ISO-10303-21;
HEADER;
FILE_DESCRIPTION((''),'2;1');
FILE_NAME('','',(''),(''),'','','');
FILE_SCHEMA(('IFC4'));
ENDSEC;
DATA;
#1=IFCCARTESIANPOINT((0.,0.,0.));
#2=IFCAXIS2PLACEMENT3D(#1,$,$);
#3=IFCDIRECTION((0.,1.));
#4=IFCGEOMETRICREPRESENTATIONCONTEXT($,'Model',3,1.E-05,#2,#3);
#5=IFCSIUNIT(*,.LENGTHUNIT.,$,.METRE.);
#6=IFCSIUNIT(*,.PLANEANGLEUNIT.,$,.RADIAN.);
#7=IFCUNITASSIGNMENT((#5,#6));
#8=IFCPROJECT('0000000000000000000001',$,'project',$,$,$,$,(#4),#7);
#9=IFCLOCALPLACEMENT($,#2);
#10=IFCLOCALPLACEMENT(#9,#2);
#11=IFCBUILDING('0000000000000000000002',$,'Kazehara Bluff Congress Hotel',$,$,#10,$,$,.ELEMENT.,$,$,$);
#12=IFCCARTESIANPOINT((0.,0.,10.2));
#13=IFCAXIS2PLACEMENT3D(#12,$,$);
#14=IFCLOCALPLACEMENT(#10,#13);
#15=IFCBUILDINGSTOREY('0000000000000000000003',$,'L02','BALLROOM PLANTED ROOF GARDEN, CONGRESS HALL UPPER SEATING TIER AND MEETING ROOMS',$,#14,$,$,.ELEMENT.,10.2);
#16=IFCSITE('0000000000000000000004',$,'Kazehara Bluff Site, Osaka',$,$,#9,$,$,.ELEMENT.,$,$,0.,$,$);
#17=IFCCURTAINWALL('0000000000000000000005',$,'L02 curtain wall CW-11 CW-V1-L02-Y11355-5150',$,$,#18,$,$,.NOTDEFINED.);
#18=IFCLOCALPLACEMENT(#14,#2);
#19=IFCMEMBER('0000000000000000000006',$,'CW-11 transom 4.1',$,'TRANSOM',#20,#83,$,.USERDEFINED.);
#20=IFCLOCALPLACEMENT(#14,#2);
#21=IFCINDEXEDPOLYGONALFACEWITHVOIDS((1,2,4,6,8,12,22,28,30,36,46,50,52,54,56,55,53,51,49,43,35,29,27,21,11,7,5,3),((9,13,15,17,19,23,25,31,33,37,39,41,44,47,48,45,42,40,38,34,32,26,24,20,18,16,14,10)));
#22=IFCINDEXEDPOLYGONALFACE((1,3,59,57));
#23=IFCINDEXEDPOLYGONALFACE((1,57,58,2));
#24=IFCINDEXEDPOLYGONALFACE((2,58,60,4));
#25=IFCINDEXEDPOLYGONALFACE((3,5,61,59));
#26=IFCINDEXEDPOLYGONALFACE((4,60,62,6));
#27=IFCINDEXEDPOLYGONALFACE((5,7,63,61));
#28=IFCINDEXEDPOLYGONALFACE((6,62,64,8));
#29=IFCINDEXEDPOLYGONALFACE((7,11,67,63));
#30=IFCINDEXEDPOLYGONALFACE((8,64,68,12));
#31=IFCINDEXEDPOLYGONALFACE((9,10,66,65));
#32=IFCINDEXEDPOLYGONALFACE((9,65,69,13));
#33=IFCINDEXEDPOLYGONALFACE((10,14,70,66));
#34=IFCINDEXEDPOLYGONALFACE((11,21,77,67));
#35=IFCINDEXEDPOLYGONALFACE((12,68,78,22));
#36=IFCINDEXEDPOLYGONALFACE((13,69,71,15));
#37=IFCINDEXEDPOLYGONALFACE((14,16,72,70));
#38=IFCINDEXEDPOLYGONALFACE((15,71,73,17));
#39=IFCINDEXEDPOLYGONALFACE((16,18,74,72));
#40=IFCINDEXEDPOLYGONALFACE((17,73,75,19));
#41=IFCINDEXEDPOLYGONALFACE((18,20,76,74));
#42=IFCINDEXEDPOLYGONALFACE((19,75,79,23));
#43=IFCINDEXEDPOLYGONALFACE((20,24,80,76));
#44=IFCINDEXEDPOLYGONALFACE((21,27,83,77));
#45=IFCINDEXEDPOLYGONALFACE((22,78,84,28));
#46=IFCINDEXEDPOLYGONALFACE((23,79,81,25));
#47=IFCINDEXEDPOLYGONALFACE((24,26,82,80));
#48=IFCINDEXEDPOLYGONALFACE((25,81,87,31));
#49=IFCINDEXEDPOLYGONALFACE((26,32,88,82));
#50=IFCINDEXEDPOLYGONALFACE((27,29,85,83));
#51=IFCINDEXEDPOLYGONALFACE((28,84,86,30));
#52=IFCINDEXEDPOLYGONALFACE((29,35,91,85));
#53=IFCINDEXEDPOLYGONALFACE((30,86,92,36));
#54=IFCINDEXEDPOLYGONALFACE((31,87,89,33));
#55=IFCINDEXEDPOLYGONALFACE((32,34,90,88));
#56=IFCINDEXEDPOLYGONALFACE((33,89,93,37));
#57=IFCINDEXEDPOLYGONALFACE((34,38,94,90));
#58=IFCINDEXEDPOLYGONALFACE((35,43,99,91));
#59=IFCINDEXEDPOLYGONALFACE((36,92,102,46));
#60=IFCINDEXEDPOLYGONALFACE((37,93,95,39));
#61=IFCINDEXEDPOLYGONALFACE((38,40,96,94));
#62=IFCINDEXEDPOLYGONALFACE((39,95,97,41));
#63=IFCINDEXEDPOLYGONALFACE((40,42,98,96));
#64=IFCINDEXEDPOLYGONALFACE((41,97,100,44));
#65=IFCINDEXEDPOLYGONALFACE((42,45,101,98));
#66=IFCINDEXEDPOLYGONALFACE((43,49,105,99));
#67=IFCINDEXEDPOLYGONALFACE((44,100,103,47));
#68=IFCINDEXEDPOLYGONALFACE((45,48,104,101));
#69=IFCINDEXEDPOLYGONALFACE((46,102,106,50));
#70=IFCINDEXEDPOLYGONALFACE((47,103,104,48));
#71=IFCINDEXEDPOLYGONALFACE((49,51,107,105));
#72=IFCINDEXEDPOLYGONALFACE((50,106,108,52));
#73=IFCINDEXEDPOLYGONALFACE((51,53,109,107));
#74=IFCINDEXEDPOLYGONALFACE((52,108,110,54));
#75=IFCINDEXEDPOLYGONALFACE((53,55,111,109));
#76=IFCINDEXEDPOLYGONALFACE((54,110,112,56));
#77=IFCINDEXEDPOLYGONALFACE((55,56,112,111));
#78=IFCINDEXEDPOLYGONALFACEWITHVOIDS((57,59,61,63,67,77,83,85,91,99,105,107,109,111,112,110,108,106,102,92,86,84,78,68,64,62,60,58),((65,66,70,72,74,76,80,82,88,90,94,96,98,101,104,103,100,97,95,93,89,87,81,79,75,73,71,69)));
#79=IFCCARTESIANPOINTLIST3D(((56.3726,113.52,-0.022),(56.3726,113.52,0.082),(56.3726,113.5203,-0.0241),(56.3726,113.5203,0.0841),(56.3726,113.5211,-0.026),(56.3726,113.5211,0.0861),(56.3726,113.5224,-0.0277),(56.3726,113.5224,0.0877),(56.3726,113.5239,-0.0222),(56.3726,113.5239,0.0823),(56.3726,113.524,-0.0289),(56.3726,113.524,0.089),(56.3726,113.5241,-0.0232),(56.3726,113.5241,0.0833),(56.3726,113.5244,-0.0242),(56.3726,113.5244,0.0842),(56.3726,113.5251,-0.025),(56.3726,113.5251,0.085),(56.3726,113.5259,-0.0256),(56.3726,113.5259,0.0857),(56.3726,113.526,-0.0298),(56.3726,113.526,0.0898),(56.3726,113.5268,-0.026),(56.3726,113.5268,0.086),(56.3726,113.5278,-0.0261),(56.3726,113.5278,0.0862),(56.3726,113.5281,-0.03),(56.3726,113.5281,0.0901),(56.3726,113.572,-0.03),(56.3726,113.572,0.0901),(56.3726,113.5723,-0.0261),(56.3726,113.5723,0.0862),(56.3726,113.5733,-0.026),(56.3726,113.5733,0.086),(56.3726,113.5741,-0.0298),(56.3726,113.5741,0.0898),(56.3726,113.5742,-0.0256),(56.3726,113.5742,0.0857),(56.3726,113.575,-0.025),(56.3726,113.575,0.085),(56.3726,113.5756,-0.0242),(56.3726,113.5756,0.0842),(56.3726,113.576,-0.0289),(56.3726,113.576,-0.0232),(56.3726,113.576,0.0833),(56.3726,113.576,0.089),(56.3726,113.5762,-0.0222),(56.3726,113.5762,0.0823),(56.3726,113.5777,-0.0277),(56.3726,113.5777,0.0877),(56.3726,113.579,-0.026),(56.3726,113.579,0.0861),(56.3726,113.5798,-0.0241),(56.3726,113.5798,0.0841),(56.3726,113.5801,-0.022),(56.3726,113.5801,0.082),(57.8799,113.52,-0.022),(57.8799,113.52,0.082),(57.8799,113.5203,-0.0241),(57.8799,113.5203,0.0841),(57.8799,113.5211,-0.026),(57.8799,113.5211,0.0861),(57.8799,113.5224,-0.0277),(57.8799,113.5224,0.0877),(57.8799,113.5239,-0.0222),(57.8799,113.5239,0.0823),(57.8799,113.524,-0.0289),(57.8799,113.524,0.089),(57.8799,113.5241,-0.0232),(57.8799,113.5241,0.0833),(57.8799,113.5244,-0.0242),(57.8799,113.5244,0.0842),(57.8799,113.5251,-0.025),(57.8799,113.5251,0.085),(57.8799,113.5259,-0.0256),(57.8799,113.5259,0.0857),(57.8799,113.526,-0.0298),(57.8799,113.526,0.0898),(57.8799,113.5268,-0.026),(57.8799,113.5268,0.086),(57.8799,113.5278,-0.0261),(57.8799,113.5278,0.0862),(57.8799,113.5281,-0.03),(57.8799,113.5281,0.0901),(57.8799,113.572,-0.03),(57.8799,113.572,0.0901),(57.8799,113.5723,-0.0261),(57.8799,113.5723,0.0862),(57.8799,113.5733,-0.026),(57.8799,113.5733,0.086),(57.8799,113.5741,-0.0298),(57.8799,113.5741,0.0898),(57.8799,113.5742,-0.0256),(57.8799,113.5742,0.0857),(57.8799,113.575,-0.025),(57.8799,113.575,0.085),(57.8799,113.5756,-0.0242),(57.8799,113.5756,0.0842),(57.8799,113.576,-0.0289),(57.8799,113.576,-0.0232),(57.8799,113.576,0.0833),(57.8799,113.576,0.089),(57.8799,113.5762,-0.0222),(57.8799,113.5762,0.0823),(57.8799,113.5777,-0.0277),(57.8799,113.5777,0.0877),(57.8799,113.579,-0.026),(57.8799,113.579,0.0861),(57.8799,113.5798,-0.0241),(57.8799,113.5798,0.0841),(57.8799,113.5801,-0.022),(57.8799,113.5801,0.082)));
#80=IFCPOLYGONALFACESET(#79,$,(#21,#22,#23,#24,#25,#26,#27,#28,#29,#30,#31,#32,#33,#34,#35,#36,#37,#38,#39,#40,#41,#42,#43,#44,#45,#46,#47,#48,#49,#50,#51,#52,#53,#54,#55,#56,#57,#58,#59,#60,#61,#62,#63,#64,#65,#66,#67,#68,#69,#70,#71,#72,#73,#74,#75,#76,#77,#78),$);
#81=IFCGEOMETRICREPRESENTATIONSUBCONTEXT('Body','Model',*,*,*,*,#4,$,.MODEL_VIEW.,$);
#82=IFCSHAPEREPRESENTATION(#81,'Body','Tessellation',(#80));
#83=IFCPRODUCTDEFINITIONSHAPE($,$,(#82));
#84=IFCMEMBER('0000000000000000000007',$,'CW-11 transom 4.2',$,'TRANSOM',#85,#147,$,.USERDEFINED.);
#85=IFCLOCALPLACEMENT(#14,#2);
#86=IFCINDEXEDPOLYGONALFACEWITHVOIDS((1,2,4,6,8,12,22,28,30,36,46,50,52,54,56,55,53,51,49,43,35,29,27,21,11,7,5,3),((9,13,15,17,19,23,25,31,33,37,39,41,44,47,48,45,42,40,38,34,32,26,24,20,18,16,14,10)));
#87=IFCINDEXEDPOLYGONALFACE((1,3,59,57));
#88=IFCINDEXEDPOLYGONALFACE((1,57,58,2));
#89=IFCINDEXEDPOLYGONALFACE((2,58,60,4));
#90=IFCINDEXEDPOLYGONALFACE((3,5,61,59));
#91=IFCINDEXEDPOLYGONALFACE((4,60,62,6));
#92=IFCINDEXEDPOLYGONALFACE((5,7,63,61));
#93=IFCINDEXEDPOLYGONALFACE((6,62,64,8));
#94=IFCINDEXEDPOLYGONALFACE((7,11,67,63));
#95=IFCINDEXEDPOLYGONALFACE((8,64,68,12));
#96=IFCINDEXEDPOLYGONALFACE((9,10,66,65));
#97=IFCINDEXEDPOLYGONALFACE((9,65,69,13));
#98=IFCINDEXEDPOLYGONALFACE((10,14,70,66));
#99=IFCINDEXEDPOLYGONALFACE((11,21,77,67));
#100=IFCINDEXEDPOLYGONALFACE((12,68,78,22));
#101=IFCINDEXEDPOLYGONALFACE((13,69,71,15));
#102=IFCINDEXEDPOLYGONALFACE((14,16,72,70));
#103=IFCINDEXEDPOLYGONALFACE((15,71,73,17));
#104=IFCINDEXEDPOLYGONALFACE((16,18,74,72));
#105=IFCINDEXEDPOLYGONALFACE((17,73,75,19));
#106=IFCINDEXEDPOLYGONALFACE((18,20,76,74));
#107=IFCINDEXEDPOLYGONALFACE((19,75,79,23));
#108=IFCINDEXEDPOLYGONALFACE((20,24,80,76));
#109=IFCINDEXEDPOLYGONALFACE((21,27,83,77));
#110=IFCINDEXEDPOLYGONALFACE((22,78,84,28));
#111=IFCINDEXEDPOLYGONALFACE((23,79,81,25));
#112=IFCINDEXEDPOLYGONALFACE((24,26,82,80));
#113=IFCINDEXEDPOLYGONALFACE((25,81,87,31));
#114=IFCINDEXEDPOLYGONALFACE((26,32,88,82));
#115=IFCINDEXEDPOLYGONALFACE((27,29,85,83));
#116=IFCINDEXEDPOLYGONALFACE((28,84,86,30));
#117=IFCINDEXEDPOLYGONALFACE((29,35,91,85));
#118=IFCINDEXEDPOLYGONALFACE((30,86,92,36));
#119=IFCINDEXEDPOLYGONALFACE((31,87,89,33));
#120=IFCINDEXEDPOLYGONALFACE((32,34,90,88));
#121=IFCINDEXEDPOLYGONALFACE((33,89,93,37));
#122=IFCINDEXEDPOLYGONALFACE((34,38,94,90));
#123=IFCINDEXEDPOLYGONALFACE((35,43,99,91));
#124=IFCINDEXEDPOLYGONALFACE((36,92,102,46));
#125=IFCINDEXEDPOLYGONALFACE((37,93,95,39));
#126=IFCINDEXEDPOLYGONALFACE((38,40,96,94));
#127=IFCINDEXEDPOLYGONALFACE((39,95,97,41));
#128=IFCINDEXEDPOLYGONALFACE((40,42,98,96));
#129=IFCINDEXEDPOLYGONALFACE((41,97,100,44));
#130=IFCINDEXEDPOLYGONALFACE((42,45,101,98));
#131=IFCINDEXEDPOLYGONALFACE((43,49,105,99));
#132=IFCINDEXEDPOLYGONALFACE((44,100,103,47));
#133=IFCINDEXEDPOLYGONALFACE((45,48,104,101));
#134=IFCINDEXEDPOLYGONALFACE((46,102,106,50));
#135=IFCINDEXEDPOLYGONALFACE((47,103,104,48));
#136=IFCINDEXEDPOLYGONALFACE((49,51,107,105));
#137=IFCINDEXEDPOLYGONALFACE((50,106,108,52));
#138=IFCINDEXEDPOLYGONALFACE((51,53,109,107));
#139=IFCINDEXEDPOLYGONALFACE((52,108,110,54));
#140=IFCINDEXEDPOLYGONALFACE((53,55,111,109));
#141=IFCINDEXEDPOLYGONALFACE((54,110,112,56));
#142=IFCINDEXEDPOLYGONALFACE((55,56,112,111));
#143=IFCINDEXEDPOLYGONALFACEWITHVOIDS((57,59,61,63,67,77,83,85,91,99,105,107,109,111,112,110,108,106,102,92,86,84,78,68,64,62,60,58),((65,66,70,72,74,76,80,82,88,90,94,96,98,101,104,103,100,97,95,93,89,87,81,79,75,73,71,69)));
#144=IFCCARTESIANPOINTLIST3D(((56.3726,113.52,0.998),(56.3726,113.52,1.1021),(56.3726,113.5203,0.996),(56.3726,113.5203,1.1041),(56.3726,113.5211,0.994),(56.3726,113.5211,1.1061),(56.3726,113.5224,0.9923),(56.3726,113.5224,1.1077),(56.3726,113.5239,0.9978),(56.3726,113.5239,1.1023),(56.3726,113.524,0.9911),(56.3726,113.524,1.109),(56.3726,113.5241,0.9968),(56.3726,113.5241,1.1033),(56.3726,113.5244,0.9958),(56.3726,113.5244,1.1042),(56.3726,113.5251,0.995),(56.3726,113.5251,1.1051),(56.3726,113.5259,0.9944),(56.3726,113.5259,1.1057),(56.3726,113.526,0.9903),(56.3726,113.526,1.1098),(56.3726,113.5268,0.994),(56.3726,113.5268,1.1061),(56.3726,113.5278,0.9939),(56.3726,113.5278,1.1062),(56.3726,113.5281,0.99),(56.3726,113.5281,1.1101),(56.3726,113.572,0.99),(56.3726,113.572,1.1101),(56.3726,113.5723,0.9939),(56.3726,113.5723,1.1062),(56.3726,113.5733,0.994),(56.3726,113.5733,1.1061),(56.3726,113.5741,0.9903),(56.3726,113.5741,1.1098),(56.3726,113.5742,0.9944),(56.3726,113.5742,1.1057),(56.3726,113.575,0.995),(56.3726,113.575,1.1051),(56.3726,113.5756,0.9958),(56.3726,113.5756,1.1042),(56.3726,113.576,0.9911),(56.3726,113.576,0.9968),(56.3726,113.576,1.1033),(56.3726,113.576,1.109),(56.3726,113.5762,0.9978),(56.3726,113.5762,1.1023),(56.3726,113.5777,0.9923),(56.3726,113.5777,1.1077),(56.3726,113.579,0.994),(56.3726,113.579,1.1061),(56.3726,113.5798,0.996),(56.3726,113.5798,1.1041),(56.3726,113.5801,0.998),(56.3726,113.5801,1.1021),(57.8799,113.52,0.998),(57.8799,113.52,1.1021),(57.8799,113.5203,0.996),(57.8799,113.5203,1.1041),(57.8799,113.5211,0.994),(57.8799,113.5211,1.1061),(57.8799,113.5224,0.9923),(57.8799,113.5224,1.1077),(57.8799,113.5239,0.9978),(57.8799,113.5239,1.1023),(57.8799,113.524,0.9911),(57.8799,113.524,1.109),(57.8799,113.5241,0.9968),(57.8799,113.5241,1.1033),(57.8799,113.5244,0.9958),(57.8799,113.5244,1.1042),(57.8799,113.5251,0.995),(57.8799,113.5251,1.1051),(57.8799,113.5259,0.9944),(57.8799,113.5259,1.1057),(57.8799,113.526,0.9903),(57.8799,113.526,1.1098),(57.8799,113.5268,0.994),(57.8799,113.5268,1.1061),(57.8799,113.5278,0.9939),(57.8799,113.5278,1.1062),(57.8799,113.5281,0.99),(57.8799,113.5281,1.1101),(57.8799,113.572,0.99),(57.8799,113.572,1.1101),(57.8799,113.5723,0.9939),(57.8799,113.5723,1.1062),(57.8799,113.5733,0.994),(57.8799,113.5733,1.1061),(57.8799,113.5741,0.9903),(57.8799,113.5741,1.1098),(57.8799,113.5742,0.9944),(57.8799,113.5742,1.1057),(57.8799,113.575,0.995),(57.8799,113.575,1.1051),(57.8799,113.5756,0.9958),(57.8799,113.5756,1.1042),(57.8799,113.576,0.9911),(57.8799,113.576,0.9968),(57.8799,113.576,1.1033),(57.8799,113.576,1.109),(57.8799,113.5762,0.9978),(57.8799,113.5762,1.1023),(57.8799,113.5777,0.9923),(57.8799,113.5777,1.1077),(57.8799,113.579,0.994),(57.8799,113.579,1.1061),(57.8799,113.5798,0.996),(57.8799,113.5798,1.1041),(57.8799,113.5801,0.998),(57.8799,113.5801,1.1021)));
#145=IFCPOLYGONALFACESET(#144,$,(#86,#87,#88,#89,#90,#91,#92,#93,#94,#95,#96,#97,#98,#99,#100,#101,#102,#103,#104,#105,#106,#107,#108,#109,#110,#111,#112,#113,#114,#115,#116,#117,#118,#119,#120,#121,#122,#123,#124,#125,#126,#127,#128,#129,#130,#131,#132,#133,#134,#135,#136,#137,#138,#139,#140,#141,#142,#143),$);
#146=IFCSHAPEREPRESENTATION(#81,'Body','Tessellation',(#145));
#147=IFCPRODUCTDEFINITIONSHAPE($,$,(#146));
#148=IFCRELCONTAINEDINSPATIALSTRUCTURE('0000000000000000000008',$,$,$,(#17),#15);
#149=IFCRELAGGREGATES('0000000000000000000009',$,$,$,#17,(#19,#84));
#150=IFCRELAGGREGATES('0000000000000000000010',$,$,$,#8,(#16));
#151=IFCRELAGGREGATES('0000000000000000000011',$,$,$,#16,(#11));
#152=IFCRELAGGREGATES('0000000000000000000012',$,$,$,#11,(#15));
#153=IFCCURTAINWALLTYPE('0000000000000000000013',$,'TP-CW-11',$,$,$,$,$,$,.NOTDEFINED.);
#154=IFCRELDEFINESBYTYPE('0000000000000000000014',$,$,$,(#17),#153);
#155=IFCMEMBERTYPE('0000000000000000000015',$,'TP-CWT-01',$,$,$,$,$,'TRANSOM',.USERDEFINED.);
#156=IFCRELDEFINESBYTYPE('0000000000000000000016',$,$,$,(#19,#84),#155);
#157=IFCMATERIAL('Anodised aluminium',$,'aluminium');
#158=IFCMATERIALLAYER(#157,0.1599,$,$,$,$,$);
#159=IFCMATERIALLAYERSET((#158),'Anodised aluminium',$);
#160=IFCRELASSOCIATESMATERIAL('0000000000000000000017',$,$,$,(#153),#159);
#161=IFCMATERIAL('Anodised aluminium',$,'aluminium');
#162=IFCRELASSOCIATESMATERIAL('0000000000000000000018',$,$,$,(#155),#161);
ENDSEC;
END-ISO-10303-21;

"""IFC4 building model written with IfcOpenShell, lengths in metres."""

from ifc_helpers import new_model, si_unit, direction, frame, origin, origin_2d, place, context, subcontext, project, spatial, hollow_rectangle, extrude, material, layer, layer_set, material_profile, profile_set, type_object, element, aggregate, save


model = new_model("IFC4")

# Units and contexts
model_context = context("Model", 3, precision=1e-05, world=origin(), true_north=direction((0.0, 1.0)))
body_context = subcontext(model_context, "Body", "Model", "MODEL_VIEW")
ifc_project = project(units=[si_unit("LENGTHUNIT", "METRE"), si_unit("PLANEANGLEUNIT", "RADIAN")], contexts=[model_context])

# Site, building, storey
site_placement = place(None, origin())
site = spatial("IfcSite", under=ifc_project, at=site_placement, Name="Kazehara Bluff Site, Osaka", CompositionType="ELEMENT", RefElevation=0.0)
building_placement = place(site_placement, origin())
building = spatial("IfcBuilding", under=site, at=building_placement, Name="Kazehara Bluff Congress Hotel", CompositionType="ELEMENT")
storey_placement = place(building_placement, frame((0.0, 0.0, 10.2)))
storey = spatial("IfcBuildingStorey", under=building, at=storey_placement, Name="L02", Description="BALLROOM PLANTED ROOF GARDEN, CONGRESS HALL UPPER SEATING TIER AND MEETING ROOMS", CompositionType="ELEMENT", Elevation=10.2)

# Curtain wall, members
ifc_material_1 = material(Name="Anodised aluminium", Category="aluminium")
ifc_layer_1 = layer(ifc_material_1, 0.1599)
ifc_layer_set_1 = layer_set([ifc_layer_1], Name="Anodised aluminium")
curtain_wall_type = type_object("IfcCurtainWallType", Name="TP-CW-11", PredefinedType="NOTDEFINED", material=ifc_layer_set_1)
curtain_wall_placement = place(storey_placement, origin())
curtain_wall = element("IfcCurtainWall", 1, at=curtain_wall_placement, inside=storey, type_object=curtain_wall_type, Name="L02 curtain wall CW-11 CW-V1-L02-Y11355-5150", PredefinedType="NOTDEFINED")
ifc_material_2 = material(Name="Anodised aluminium", Category="aluminium")
ifc_material_profile_1 = material_profile(ifc_material_2, hollow_rectangle(XDim=0.0601, YDim=0.1201, WallThickness=0.0039, InnerFilletRadius=0.0039, OuterFilletRadius=0.0081, at=origin_2d()))
ifc_profile_set_1 = profile_set([ifc_material_profile_1], Name="Anodised aluminium")
member_type_1 = type_object("IfcMemberType", Name="TP-CWT-01", ElementType="TRANSOM", PredefinedType="USERDEFINED", material=ifc_profile_set_1)
member_1_placement = place(storey_placement, frame((56.3726, 113.55, 0.03), z_axis=(1.0, 0.0, 0.0), x_axis=(0.0, 1.0, 0.0)))
member_1 = element("IfcMember", 2, at=member_1_placement, type_object=member_type_1, Name="CW-11 transom 4.1", ObjectType="TRANSOM", PredefinedType="USERDEFINED", context=body_context, shape_type="SweptSolid", body=[
    extrude(hollow_rectangle(XDim=0.0601, YDim=0.1201, WallThickness=0.0039, InnerFilletRadius=0.0039, OuterFilletRadius=0.0081, at=origin_2d()), origin(), (0.0, 0.0, 1.0), 1.5073),
])
member_2_placement = place(storey_placement, frame((56.3726, 113.55, 1.05), z_axis=(1.0, 0.0, 0.0), x_axis=(0.0, 1.0, 0.0)))
member_2 = element("IfcMember", 3, at=member_2_placement, type_object=member_type_1, Name="CW-11 transom 4.2", ObjectType="TRANSOM", PredefinedType="USERDEFINED", context=body_context, shape_type="SweptSolid", body=[
    extrude(hollow_rectangle(XDim=0.0601, YDim=0.1201, WallThickness=0.0039, InnerFilletRadius=0.0039, OuterFilletRadius=0.0081, at=origin_2d()), origin(), (0.0, 0.0, 1.0), 1.5073),
])
aggregate(curtain_wall, [member_1, member_2])

save(model, "model.ifc")
